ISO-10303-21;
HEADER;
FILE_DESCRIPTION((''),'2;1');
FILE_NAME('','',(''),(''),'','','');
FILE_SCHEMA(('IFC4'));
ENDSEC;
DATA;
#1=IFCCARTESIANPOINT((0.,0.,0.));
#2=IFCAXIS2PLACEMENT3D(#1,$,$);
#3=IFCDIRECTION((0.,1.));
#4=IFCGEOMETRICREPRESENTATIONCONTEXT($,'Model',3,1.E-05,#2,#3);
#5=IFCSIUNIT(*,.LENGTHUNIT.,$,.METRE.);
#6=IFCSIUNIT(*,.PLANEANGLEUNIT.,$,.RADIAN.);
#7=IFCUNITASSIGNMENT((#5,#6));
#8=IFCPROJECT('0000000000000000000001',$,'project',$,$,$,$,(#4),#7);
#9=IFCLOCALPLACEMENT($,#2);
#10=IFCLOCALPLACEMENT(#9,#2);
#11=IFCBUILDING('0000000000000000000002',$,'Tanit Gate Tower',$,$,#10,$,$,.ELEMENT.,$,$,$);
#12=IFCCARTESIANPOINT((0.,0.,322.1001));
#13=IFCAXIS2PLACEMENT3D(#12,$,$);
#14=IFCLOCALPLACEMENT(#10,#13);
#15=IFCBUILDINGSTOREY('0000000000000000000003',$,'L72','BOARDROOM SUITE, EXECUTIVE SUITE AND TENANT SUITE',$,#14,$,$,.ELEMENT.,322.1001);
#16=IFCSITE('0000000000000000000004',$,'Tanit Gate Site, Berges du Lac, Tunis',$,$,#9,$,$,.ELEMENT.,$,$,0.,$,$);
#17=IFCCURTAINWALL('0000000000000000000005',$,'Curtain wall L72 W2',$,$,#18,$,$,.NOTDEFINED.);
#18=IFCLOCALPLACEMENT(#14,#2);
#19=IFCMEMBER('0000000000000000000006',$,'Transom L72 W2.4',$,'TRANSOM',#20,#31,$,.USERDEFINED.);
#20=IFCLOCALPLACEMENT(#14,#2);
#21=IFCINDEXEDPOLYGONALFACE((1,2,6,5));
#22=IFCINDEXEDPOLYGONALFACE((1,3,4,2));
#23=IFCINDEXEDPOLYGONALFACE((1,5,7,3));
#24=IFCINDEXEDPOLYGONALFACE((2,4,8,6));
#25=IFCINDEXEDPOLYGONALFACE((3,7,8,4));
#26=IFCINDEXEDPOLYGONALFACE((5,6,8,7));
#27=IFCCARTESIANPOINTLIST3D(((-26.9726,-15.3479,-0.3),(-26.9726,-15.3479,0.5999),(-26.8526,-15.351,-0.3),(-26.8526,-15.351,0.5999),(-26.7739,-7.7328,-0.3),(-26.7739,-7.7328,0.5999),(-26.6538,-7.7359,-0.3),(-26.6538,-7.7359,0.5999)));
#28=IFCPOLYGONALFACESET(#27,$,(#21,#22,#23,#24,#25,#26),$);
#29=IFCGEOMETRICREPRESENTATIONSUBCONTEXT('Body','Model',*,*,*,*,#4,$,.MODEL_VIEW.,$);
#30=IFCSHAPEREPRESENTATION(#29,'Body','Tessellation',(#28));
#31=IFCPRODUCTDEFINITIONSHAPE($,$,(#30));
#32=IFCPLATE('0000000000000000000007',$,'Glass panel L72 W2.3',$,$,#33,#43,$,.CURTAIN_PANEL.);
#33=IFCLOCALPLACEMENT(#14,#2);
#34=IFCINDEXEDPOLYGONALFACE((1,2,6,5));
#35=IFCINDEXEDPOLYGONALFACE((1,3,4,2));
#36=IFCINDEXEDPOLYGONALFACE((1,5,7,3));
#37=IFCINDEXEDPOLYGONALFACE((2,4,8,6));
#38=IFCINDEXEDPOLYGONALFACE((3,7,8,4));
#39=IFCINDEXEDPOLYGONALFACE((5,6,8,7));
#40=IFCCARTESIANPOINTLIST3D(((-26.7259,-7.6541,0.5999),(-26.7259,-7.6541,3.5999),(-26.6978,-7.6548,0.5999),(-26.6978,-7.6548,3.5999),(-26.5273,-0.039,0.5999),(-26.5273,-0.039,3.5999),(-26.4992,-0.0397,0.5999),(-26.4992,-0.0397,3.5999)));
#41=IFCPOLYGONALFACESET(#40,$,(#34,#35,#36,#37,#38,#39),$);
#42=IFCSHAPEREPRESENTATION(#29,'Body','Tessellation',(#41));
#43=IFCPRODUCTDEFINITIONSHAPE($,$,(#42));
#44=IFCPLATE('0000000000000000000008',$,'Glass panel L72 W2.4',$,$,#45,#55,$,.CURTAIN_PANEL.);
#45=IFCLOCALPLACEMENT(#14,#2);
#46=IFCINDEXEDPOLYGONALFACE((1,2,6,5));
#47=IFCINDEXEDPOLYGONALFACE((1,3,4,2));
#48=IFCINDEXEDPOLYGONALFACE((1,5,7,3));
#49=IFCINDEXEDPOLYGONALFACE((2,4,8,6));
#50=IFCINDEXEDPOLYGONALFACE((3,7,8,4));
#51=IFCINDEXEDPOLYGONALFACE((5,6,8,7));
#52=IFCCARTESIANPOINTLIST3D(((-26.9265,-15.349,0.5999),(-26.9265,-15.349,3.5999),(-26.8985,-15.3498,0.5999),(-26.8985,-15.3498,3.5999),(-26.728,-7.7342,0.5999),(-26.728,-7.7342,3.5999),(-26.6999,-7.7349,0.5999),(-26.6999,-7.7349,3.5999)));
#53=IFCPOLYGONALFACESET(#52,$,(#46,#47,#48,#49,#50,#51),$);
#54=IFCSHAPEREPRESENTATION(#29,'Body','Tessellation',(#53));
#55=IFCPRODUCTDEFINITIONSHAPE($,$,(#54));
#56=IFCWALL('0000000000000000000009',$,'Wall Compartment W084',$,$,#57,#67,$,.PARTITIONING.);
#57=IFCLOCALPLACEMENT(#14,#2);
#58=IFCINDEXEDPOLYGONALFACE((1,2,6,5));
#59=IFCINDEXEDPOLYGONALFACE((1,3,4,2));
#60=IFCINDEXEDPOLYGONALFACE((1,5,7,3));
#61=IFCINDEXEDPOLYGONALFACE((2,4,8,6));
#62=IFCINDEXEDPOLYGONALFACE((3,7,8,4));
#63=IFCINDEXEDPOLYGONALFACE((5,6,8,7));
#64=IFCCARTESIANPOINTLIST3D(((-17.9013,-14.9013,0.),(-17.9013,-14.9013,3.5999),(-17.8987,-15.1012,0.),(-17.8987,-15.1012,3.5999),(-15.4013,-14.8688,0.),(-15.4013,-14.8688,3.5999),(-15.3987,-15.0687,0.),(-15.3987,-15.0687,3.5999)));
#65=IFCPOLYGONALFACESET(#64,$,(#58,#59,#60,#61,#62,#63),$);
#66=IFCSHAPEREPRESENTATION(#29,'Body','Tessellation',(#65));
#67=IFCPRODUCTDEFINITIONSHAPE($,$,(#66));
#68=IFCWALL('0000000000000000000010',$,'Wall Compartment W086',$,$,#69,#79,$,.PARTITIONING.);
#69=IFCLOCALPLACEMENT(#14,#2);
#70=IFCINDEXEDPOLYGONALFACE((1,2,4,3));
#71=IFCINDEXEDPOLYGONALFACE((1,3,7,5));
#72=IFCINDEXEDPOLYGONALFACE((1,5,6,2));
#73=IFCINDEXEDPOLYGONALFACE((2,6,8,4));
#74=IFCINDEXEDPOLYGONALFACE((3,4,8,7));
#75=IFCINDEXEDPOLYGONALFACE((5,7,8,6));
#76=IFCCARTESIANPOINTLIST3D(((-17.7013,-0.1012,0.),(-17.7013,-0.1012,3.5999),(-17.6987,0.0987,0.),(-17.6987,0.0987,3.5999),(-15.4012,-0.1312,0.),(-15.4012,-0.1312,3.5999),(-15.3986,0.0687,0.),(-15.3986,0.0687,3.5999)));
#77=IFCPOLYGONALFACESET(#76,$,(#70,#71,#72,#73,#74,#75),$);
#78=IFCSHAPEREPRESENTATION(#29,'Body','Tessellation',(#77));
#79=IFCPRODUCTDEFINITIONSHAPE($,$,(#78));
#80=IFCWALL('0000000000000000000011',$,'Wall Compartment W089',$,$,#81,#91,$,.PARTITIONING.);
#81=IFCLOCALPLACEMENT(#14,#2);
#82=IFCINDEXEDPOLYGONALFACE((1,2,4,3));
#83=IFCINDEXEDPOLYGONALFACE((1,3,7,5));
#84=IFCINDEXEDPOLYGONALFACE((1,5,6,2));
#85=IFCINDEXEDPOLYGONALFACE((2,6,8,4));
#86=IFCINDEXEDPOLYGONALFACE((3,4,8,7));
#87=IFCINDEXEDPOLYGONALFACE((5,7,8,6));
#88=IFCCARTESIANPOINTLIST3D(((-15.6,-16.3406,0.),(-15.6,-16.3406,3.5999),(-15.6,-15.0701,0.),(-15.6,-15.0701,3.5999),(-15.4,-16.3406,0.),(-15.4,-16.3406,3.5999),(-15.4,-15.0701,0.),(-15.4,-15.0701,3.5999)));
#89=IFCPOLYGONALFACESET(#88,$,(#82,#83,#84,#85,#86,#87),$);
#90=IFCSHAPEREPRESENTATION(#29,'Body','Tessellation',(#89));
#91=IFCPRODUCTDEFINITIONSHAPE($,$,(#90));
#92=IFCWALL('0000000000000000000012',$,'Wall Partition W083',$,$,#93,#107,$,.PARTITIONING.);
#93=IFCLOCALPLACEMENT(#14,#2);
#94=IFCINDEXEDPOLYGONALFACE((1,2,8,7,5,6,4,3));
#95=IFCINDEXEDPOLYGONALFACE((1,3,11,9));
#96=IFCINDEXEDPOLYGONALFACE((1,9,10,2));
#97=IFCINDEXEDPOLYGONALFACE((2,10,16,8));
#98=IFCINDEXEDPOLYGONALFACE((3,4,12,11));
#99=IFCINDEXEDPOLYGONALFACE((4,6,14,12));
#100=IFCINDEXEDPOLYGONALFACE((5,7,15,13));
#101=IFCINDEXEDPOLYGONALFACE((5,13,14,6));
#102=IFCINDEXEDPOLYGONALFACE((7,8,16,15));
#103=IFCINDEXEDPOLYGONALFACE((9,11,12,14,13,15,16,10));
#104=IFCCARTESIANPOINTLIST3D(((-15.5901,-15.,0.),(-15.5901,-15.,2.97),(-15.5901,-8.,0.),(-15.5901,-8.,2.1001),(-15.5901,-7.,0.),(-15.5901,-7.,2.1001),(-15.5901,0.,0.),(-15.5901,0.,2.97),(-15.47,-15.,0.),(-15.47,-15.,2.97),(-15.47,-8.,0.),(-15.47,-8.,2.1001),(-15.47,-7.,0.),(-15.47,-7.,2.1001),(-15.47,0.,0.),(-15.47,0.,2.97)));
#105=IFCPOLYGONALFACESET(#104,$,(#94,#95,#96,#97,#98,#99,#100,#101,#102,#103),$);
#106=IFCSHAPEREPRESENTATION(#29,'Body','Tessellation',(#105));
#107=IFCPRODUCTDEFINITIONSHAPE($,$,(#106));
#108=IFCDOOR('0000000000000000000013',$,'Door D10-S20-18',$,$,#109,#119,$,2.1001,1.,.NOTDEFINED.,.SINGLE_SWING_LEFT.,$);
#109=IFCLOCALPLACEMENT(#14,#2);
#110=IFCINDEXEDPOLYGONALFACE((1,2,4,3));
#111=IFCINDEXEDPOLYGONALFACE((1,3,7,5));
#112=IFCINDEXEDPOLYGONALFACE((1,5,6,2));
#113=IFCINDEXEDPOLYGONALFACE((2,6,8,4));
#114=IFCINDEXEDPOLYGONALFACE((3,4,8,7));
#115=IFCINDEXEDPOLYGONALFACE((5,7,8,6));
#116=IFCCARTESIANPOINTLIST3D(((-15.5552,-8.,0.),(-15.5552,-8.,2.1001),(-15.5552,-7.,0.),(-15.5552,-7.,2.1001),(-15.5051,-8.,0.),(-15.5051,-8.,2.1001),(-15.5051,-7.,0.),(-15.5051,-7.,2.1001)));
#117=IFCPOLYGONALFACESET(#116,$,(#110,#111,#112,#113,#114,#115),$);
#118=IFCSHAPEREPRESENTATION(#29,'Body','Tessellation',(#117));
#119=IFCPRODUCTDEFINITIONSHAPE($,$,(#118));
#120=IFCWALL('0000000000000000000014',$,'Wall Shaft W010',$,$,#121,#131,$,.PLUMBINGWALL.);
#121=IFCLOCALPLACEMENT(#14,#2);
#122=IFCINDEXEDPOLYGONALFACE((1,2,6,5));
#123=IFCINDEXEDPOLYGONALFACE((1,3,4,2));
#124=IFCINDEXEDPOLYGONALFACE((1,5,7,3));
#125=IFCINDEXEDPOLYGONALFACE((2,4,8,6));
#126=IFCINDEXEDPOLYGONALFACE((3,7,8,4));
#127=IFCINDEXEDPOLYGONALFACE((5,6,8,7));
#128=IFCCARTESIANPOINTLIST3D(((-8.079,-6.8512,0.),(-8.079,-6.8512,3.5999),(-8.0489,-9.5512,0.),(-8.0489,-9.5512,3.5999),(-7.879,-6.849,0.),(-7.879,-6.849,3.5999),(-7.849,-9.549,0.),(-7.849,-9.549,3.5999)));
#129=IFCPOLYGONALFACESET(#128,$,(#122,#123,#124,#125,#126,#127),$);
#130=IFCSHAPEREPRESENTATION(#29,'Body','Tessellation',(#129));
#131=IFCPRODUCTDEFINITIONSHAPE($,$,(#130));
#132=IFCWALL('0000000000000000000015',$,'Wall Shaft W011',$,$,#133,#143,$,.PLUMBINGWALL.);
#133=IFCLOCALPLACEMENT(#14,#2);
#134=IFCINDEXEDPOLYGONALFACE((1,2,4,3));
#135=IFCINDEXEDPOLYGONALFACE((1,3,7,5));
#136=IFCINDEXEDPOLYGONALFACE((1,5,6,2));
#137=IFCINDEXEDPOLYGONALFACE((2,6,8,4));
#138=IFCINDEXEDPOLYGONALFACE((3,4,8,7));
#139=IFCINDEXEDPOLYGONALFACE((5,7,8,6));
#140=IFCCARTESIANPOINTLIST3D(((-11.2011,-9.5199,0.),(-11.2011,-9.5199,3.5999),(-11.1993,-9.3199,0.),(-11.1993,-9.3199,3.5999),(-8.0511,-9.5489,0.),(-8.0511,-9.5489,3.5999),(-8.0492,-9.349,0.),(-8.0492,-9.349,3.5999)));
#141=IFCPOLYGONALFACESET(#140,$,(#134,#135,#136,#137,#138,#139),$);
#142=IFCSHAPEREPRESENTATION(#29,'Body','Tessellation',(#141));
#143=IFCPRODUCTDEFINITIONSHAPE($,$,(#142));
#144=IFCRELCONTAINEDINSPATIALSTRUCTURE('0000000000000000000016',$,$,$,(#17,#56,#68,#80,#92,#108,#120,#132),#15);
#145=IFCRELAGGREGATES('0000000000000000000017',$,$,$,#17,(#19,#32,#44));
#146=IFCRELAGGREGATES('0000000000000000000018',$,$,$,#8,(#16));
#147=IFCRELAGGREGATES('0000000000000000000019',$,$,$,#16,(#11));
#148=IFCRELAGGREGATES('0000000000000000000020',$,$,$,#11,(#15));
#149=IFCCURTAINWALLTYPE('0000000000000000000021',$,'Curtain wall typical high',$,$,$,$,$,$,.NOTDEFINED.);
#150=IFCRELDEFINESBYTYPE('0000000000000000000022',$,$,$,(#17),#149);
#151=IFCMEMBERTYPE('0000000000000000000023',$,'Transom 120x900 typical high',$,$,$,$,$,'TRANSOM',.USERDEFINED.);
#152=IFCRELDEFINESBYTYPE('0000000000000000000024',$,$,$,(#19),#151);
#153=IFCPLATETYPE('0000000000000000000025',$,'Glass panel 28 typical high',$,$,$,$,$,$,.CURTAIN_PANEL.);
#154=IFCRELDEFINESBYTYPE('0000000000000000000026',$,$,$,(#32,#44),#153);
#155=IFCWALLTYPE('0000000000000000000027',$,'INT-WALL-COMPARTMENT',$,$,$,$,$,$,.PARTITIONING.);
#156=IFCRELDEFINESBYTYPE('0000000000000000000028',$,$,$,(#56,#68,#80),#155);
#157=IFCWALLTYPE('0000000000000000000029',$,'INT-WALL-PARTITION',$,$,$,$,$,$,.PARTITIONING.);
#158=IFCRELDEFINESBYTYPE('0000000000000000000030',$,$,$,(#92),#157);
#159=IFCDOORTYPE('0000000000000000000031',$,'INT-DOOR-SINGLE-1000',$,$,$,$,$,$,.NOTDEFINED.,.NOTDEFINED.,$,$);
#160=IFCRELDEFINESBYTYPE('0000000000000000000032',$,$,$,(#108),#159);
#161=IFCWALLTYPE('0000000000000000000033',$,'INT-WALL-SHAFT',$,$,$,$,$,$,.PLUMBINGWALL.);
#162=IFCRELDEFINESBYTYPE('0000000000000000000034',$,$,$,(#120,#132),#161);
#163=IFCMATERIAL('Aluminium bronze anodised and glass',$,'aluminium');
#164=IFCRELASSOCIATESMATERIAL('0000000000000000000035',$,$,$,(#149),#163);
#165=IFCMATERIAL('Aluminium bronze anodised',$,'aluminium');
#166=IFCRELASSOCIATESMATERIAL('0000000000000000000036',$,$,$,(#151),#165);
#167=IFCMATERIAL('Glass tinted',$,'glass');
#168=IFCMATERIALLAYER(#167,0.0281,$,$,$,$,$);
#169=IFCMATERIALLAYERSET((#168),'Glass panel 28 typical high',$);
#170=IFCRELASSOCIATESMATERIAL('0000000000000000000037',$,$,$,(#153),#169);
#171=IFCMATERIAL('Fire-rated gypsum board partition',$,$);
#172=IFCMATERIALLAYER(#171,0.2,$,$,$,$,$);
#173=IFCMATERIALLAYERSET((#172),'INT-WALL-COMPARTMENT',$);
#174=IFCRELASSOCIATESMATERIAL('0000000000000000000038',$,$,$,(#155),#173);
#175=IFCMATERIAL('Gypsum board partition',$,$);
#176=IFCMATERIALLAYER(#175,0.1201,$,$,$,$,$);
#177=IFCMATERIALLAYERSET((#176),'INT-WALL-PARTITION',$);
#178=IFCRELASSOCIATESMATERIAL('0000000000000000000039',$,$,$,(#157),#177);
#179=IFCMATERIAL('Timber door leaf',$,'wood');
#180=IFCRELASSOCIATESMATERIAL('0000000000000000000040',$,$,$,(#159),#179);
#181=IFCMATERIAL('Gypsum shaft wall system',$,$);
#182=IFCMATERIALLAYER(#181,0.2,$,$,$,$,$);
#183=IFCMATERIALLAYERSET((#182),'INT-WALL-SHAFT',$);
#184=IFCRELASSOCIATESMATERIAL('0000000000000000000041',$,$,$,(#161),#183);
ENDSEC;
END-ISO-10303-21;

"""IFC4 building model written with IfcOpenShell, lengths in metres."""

from ifc_helpers import new_model, si_unit, direction, frame, frame_2d, origin, origin_2d, place, context, subcontext, project, spatial, rectangle, extrude, material, layer, layer_set, material_profile, profile_set, type_object, element, fill, aggregate, save


model = new_model("IFC4")

# Units and contexts
model_context = context("Model", 3, precision=1e-05, world=origin(), true_north=direction((0.0, 1.0)))
body_context = subcontext(model_context, "Body", "Model", "MODEL_VIEW")
ifc_project = project(units=[si_unit("LENGTHUNIT", "METRE"), si_unit("PLANEANGLEUNIT", "RADIAN")], contexts=[model_context])

# Site, building, storey
site_placement = place(None, origin())
site = spatial("IfcSite", under=ifc_project, at=site_placement, Name="Tanit Gate Site, Berges du Lac, Tunis", CompositionType="ELEMENT", RefElevation=0.0)
building_placement = place(site_placement, origin())
building = spatial("IfcBuilding", under=site, at=building_placement, Name="Tanit Gate Tower", CompositionType="ELEMENT")
storey_placement = place(building_placement, frame((0.0, 0.0, 322.1001)))
storey = spatial("IfcBuildingStorey", under=building, at=storey_placement, Name="L72", Description="BOARDROOM SUITE, EXECUTIVE SUITE AND TENANT SUITE", CompositionType="ELEMENT", Elevation=322.1001)

# Curtain wall
ifc_material_1 = material(Name="Aluminium bronze anodised and glass", Category="aluminium")
curtain_wall_type = type_object("IfcCurtainWallType", Name="Curtain wall typical high", PredefinedType="NOTDEFINED", material=ifc_material_1)
curtain_wall_placement = place(storey_placement, origin())
curtain_wall = element("IfcCurtainWall", 1, at=curtain_wall_placement, inside=storey, type_object=curtain_wall_type, Name="Curtain wall L72 W2", PredefinedType="NOTDEFINED")

# Member
ifc_material_2 = material(Name="Aluminium bronze anodised", Category="aluminium")
ifc_material_profile_1 = material_profile(ifc_material_2, rectangle(XDim=0.1201, YDim=0.8999, at=origin_2d()), Name="120x900 bronze transom")
ifc_profile_set_1 = profile_set([ifc_material_profile_1], Name="Aluminium bronze anodised")
member_type_1 = type_object("IfcMemberType", Name="Transom 120x900 typical high", ElementType="TRANSOM", PredefinedType="USERDEFINED", material=ifc_profile_set_1)
member_1_placement = place(storey_placement, frame((-26.7139, -7.7344, 0.1499), z_axis=(-0.026088, -0.99966, 0.0), x_axis=(0.99966, -0.026088, 0.0)))
member_1 = element("IfcMember", 2, at=member_1_placement, type_object=member_type_1, Name="Transom L72 W2.4", ObjectType="TRANSOM", PredefinedType="USERDEFINED", context=body_context, shape_type="SweptSolid", body=[
    extrude(rectangle(XDim=0.1201, YDim=0.8999, at=origin_2d()), origin(), (0.0, 0.0, 1.0), 7.6177),
])

# Plates
ifc_material_3 = material(Name="Glass tinted", Category="glass")
ifc_layer_1 = layer(ifc_material_3, 0.0281)
ifc_layer_set_1 = layer_set([ifc_layer_1], Name="Glass panel 28 typical high")
plate_type = type_object("IfcPlateType", Name="Glass panel 28 typical high", PredefinedType="CURTAIN_PANEL", material=ifc_layer_set_1)
plate_1_placement = place(storey_placement, frame((-26.6125, -3.8469, 0.5999), z_axis=(0.0, 0.0, 1.0), x_axis=(-0.026063, -0.99966, 0.0)))
plate_1 = element("IfcPlate", 3, at=plate_1_placement, type_object=plate_type, Name="Glass panel L72 W2.3", PredefinedType="CURTAIN_PANEL", context=body_context, shape_type="SweptSolid", body=[
    extrude(rectangle(XDim=7.6177, YDim=0.0281, at=origin_2d()), origin(), (0.0, 0.0, 1.0), 3.0),
])
plate_2_placement = place(storey_placement, frame((-26.8132, -11.542, 0.5999), z_axis=(0.0, 0.0, 1.0), x_axis=(-0.026063, -0.99966, 0.0)))
plate_2 = element("IfcPlate", 4, at=plate_2_placement, type_object=plate_type, Name="Glass panel L72 W2.4", PredefinedType="CURTAIN_PANEL", context=body_context, shape_type="SweptSolid", body=[
    extrude(rectangle(XDim=7.6174, YDim=0.0281, at=origin_2d()), origin(), (0.0, 0.0, 1.0), 3.0),
])
aggregate(curtain_wall, [member_1, plate_1, plate_2])

# Walls
ifc_material_4 = material(Name="Fire-rated gypsum board partition")
ifc_layer_2 = layer(ifc_material_4, 0.2)
ifc_layer_set_2 = layer_set([ifc_layer_2], Name="INT-WALL-COMPARTMENT")
wall_type_1 = type_object("IfcWallType", Name="INT-WALL-COMPARTMENT", PredefinedType="PARTITIONING", material=ifc_layer_set_2)
wall_1_placement = place(storey_placement, frame((-17.8999, -15.0012, 0.0), z_axis=(0.0, 0.0, 1.0), x_axis=(0.999916, 0.012987, 0.0)))
element("IfcWall", 5, at=wall_1_placement, inside=storey, type_object=wall_type_1, Name="Wall Compartment W084", PredefinedType="PARTITIONING", context=body_context, shape_type="SweptSolid", body=[
    extrude(rectangle(XDim=2.5002, YDim=0.2, at=frame_2d((1.25, 0.0))), origin(), (0.0, 0.0, 1.0), 3.5999),
])
wall_2_placement = place(storey_placement, frame((-15.3999, -0.0312, 0.0), z_axis=(0.0, 0.0, 1.0), x_axis=(-0.999915, 0.013055, 0.0)))
element("IfcWall", 6, at=wall_2_placement, inside=storey, type_object=wall_type_1, Name="Wall Compartment W086", PredefinedType="PARTITIONING", context=body_context, shape_type="SweptSolid", body=[
    extrude(rectangle(XDim=2.3003, YDim=0.2, at=frame_2d((1.1501, 0.0))), origin(), (0.0, 0.0, 1.0), 3.5999),
])
wall_3_placement = place(storey_placement, frame((-15.5, -15.0701, 0.0), z_axis=(0.0, 0.0, 1.0), x_axis=(0.0, -1.0, 0.0)))
element("IfcWall", 7, at=wall_3_placement, inside=storey, type_object=wall_type_1, Name="Wall Compartment W089", PredefinedType="PARTITIONING", context=body_context, shape_type="SweptSolid", body=[
    extrude(rectangle(XDim=1.2705, YDim=0.2, at=frame_2d((0.6353, 0.0))), origin(), (0.0, 0.0, 1.0), 3.5999),
])

# Wall, opening, door
ifc_material_5 = material(Name="Gypsum board partition")
ifc_layer_3 = layer(ifc_material_5, 0.1201)
ifc_layer_set_3 = layer_set([ifc_layer_3], Name="INT-WALL-PARTITION")
wall_type_2 = type_object("IfcWallType", Name="INT-WALL-PARTITION", PredefinedType="PARTITIONING", material=ifc_layer_set_3)
wall_4_placement = place(storey_placement, frame((-15.53, 0.0, 0.0), z_axis=(0.0, 0.0, 1.0), x_axis=(0.0, -1.0, 0.0)))
wall_4 = element("IfcWall", 8, at=wall_4_placement, inside=storey, type_object=wall_type_2, Name="Wall Partition W083", PredefinedType="PARTITIONING", context=body_context, shape_type="SweptSolid", body=[
    extrude(rectangle(XDim=15.0, YDim=0.1201, at=frame_2d((7.5, 0.0))), origin(), (0.0, 0.0, 1.0), 2.97),
])
opening_placement = place(wall_4_placement, frame((7.0, 0.0, 0.0)))
opening = element("IfcOpeningElement", 9, at=opening_placement, cuts=wall_4, PredefinedType="OPENING", context=body_context, shape_type="SweptSolid", body=[
    extrude(rectangle(XDim=1.0, YDim=2.1001, at=frame_2d((0.5, 1.05))), frame((0.0, 0.0701, 0.0), z_axis=(0.0, -1.0, 0.0), x_axis=(1.0, 0.0, 0.0)), (0.0, 0.0, 1.0), 0.1401),
])
ifc_material_6 = material(Name="Timber door leaf", Category="wood")
door_type = type_object("IfcDoorType", Name="INT-DOOR-SINGLE-1000", OperationType="NOTDEFINED", PredefinedType="NOTDEFINED", material=ifc_material_6)
door_placement = place(opening_placement, origin())
door = element("IfcDoor", 10, at=door_placement, inside=storey, type_object=door_type, Name="Door D10-S20-18", OperationType="SINGLE_SWING_LEFT", OverallHeight=2.1001, OverallWidth=1.0, PredefinedType="NOTDEFINED", context=body_context, shape_type="SweptSolid", body=[
    extrude(rectangle(XDim=1.0, YDim=2.1001, at=frame_2d((0.5, 1.05))), frame((0.0, 0.0249, 0.0), z_axis=(0.0, -1.0, 0.0), x_axis=(1.0, 0.0, 0.0)), (0.0, 0.0, 1.0), 0.05),
])
fill(opening, door)

# Walls
ifc_material_7 = material(Name="Gypsum shaft wall system")
ifc_layer_4 = layer(ifc_material_7, 0.2)
ifc_layer_set_4 = layer_set([ifc_layer_4], Name="INT-WALL-SHAFT")
wall_type_3 = type_object("IfcWallType", Name="INT-WALL-SHAFT", PredefinedType="PLUMBINGWALL", material=ifc_layer_set_4)
wall_5_placement = place(storey_placement, frame((-7.979, -6.8501, 0.0), z_axis=(0.0, 0.0, 1.0), x_axis=(0.011121, -0.999938, 0.0)))
element("IfcWall", 11, at=wall_5_placement, inside=storey, type_object=wall_type_3, Name="Wall Shaft W010", PredefinedType="PLUMBINGWALL", context=body_context, shape_type="SweptSolid", body=[
    extrude(rectangle(XDim=2.7002, YDim=0.2, at=frame_2d((1.3501, 0.0))), origin(), (0.0, 0.0, 1.0), 3.5999),
])
wall_6_placement = place(storey_placement, frame((-8.05, -9.449, 0.0), z_axis=(0.0, 0.0, 1.0), x_axis=(-0.999957, 0.009223, 0.0)))
element("IfcWall", 12, at=wall_6_placement, inside=storey, type_object=wall_type_3, Name="Wall Shaft W011", PredefinedType="PLUMBINGWALL", context=body_context, shape_type="SweptSolid", body=[
    extrude(rectangle(XDim=3.1501, YDim=0.2, at=frame_2d((1.5752, 0.0))), origin(), (0.0, 0.0, 1.0), 3.5999),
])

save(model, "model.ifc")
